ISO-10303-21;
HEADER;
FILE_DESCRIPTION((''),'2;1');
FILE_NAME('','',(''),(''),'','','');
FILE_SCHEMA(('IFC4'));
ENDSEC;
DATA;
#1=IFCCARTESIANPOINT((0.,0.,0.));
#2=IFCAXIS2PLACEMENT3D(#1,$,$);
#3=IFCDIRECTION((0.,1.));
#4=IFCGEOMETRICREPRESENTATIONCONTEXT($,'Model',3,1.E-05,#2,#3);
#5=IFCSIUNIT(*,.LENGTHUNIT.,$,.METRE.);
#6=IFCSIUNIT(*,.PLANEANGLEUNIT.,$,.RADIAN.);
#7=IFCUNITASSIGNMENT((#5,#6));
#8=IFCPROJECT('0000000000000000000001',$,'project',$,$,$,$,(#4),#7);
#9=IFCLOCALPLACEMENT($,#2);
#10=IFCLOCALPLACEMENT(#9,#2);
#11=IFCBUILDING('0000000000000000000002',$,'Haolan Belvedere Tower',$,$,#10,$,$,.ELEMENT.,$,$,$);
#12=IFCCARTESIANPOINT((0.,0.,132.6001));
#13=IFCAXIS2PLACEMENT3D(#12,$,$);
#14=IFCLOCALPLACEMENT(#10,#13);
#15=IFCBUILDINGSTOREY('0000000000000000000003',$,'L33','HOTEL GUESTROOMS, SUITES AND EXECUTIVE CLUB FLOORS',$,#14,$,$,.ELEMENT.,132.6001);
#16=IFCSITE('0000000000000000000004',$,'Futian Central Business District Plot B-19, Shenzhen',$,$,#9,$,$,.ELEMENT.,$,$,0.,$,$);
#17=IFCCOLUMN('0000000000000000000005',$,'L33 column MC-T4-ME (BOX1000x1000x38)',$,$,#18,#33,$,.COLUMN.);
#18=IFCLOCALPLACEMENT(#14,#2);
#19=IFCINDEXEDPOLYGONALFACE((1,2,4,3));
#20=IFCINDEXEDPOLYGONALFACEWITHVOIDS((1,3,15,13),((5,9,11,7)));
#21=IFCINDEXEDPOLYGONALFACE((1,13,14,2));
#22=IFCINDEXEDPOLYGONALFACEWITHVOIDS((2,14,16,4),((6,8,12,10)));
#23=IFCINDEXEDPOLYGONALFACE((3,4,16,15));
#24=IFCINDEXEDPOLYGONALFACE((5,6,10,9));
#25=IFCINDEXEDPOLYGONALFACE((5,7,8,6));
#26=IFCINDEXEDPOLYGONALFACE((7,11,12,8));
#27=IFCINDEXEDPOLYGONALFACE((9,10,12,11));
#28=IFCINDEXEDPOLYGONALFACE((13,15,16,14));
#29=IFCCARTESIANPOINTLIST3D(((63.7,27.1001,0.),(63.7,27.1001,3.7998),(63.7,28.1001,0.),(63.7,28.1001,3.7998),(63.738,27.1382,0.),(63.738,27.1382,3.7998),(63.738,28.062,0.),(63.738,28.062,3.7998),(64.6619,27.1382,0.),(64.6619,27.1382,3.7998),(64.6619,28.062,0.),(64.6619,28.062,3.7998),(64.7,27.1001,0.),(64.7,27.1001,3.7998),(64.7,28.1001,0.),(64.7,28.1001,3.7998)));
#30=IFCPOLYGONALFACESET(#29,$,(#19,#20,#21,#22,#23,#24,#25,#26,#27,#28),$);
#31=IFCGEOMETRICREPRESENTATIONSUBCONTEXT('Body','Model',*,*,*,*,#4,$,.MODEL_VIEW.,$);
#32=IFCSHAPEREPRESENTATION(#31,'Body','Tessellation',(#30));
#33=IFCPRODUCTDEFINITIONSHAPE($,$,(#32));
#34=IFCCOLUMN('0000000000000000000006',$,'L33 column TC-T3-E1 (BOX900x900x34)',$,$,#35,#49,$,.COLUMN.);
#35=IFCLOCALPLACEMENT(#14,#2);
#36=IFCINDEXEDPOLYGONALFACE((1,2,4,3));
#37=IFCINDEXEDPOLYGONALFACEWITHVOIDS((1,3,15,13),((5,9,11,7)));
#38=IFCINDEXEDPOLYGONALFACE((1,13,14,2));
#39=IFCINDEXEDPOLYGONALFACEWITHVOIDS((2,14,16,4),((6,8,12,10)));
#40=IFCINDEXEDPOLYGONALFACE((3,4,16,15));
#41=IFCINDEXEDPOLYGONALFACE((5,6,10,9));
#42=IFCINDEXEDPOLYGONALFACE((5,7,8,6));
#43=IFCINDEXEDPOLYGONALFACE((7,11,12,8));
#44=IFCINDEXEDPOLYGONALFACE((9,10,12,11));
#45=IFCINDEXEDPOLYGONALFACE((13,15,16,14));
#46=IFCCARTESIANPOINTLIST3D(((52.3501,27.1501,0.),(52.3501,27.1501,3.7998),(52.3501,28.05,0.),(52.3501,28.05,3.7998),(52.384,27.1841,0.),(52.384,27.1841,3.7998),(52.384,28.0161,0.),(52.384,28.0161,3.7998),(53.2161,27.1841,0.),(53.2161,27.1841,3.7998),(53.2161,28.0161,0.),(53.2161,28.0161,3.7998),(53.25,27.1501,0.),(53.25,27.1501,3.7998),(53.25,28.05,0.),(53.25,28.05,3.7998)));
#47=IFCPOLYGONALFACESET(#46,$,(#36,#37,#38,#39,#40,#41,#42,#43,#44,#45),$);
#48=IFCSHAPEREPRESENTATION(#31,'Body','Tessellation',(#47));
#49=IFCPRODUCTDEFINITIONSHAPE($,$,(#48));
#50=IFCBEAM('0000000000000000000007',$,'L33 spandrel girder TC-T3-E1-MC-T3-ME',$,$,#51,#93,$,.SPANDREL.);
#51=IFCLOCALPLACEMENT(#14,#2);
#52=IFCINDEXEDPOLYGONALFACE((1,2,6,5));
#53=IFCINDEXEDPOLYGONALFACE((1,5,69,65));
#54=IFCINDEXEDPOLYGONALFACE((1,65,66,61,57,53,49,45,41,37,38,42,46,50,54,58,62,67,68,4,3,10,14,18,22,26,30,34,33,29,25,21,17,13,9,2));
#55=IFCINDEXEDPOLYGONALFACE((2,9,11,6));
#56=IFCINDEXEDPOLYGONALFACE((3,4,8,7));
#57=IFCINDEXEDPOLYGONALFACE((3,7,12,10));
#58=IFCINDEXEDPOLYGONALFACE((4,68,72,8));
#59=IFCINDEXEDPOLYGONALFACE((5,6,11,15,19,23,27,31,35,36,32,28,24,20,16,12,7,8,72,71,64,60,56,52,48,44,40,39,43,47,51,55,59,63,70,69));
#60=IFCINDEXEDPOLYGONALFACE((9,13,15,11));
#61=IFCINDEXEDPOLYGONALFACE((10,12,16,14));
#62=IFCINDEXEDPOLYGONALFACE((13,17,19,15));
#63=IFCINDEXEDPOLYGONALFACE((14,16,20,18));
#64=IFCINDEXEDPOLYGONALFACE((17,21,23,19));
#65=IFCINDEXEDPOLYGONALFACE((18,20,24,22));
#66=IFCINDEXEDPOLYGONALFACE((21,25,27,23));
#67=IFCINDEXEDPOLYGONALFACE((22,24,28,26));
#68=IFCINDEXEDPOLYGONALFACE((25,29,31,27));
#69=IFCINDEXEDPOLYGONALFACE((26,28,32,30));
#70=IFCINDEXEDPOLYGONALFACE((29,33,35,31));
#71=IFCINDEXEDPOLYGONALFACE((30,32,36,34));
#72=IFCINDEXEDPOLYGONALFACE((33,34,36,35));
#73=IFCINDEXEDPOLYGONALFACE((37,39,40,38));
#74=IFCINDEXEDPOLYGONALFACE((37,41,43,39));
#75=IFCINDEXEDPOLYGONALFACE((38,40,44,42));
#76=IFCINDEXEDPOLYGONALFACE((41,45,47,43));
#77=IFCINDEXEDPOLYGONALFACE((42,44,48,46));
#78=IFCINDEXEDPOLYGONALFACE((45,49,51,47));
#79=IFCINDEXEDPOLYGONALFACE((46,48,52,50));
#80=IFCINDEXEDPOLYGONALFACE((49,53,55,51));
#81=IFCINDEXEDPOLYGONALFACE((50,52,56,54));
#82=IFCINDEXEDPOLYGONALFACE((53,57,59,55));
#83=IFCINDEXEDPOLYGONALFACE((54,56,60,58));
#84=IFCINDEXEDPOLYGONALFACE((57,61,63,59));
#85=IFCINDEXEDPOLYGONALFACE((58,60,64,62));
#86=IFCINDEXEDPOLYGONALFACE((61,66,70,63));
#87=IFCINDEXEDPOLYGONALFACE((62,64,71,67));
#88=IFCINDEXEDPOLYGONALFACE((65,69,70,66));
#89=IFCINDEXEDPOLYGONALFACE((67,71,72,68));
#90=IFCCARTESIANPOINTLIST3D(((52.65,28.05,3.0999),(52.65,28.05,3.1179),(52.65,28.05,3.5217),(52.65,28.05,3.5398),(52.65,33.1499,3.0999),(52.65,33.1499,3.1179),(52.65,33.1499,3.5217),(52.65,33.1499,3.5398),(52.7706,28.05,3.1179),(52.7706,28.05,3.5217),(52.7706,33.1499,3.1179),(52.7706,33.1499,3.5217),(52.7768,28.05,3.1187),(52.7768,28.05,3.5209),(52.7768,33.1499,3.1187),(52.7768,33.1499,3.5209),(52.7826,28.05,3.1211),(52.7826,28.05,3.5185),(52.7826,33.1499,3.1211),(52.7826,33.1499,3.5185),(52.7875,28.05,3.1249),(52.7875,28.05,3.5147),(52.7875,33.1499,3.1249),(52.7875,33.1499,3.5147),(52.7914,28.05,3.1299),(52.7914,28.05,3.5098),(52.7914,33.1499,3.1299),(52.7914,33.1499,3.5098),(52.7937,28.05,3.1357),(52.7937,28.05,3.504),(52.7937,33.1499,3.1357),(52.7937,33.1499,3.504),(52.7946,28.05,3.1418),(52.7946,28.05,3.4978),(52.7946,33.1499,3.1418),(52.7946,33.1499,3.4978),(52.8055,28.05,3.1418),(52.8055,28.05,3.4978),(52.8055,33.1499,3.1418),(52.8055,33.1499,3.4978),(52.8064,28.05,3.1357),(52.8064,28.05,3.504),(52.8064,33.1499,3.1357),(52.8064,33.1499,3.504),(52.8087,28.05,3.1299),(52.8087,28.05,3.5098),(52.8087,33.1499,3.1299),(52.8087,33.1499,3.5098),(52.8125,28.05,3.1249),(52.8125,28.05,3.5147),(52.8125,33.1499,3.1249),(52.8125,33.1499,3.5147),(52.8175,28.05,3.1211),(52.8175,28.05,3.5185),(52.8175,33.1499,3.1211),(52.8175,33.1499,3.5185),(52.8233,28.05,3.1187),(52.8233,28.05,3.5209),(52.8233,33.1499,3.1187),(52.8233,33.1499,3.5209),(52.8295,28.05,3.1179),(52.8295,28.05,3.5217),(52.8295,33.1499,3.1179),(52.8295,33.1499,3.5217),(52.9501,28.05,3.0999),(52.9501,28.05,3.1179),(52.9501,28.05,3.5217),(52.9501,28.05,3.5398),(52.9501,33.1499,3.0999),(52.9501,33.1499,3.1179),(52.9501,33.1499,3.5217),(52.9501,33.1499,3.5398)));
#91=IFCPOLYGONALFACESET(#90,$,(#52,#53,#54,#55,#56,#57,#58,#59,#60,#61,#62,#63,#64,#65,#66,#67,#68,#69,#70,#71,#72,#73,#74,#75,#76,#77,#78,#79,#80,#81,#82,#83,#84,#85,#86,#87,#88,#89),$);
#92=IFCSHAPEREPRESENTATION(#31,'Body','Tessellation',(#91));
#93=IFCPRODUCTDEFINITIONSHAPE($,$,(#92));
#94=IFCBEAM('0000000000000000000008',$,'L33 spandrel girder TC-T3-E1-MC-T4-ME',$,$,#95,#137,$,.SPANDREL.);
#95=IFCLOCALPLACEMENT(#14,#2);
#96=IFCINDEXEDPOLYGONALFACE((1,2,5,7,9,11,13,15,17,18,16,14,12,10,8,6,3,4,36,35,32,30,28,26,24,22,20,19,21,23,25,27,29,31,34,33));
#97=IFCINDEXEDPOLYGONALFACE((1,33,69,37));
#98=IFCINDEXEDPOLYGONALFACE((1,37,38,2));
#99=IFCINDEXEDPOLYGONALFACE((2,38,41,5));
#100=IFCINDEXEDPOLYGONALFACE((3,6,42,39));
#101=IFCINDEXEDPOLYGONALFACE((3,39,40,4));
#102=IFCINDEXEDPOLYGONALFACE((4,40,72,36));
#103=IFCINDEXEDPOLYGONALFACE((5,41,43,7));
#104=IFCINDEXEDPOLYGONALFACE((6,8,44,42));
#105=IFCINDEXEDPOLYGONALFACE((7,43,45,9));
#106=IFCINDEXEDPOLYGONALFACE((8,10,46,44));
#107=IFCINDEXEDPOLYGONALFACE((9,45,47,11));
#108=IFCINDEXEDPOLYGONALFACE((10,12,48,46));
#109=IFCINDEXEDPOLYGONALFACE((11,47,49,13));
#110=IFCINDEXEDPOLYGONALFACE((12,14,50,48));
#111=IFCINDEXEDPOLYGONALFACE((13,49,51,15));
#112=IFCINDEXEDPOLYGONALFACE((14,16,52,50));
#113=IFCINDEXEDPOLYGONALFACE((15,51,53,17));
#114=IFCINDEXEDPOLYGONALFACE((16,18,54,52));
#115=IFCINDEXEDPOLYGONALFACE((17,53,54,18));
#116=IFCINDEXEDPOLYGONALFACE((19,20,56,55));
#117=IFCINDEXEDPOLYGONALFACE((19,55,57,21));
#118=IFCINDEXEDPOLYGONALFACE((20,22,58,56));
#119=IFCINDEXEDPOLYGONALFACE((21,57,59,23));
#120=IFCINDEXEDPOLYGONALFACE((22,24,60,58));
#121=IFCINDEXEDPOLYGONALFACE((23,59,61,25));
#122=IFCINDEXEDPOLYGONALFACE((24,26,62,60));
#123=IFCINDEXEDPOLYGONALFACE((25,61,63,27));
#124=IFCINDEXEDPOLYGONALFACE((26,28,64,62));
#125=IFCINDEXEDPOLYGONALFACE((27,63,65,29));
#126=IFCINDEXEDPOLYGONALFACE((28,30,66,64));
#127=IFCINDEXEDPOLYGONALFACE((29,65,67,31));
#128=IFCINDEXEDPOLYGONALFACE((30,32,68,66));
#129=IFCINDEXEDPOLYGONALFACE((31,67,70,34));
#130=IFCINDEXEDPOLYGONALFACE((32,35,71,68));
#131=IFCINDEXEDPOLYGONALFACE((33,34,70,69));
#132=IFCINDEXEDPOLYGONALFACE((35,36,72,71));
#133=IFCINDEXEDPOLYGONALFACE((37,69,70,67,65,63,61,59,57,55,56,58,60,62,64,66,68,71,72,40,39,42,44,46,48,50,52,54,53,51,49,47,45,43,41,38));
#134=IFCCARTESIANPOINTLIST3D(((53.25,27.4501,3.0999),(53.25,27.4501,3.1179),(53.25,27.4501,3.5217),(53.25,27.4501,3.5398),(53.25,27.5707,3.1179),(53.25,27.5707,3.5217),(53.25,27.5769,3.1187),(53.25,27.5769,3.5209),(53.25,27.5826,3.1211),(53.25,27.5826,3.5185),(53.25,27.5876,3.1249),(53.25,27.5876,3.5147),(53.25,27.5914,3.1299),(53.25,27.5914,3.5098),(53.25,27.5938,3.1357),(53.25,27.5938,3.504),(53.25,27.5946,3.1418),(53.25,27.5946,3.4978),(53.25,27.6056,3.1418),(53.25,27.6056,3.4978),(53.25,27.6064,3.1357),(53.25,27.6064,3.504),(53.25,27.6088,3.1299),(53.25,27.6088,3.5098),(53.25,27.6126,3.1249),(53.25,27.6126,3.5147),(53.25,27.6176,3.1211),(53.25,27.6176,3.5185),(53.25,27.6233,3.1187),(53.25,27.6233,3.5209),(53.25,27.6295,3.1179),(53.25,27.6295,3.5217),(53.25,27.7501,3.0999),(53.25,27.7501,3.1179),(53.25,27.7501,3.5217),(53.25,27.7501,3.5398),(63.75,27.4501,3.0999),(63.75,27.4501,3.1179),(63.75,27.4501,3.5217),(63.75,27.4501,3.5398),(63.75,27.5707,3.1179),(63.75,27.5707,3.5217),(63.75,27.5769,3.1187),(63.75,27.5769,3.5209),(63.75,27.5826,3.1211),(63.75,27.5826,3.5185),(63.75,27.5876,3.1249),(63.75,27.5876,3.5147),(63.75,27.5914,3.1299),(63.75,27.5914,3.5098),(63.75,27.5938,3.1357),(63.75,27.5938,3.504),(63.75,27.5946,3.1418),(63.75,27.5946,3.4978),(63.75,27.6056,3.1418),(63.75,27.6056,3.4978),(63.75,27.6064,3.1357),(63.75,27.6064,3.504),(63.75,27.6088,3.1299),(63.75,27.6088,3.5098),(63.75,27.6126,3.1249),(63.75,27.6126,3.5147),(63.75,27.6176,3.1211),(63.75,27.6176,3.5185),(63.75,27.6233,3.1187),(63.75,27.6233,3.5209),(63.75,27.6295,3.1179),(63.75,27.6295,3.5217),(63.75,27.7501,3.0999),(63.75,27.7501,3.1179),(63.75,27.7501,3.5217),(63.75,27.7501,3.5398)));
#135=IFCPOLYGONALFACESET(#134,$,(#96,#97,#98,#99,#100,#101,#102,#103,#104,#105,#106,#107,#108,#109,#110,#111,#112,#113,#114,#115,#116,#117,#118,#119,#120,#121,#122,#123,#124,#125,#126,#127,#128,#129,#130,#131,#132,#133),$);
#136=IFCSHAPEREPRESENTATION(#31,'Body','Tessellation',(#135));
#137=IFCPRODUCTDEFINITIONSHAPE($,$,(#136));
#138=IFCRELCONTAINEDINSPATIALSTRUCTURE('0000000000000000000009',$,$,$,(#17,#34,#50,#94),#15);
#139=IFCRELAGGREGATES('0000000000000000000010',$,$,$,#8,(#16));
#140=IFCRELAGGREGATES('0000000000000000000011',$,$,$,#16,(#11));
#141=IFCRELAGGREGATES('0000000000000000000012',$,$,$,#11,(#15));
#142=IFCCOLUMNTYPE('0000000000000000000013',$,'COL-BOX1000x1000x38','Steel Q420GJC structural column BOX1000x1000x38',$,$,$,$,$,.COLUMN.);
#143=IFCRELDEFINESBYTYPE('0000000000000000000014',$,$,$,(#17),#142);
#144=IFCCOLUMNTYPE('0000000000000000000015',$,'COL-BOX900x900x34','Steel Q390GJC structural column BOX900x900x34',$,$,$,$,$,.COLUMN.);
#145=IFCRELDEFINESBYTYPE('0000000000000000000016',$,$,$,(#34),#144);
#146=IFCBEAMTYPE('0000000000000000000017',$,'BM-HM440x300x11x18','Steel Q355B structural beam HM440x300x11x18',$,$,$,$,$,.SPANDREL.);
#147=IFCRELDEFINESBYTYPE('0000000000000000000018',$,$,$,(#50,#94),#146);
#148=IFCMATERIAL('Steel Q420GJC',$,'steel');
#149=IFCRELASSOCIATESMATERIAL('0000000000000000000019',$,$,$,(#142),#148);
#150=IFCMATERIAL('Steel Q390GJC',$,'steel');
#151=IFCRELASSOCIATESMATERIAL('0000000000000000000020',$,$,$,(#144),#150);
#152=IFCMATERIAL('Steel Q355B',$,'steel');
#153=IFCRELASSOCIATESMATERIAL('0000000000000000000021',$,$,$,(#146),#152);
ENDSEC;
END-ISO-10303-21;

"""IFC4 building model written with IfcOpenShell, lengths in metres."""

from ifc_helpers import new_model, si_unit, direction, frame, origin, origin_2d, place, context, subcontext, project, spatial, hollow_rectangle, i_section, extrude, material, material_profile, profile_set, type_object, element, save


model = new_model("IFC4")

# Units and contexts
model_context = context("Model", 3, precision=1e-05, world=origin(), true_north=direction((0.0, 1.0)))
body_context = subcontext(model_context, "Body", "Model", "MODEL_VIEW")
ifc_project = project(units=[si_unit("LENGTHUNIT", "METRE"), si_unit("PLANEANGLEUNIT", "RADIAN")], contexts=[model_context])

# Site, building, storey
site_placement = place(None, origin())
site = spatial("IfcSite", under=ifc_project, at=site_placement, Name="Futian Central Business District Plot B-19, Shenzhen", CompositionType="ELEMENT", RefElevation=0.0)
building_placement = place(site_placement, origin())
building = spatial("IfcBuilding", under=site, at=building_placement, Name="Haolan Belvedere Tower", CompositionType="ELEMENT")
storey_placement = place(building_placement, frame((0.0, 0.0, 132.6001)))
storey = spatial("IfcBuildingStorey", under=building, at=storey_placement, Name="L33", Description="HOTEL GUESTROOMS, SUITES AND EXECUTIVE CLUB FLOORS", CompositionType="ELEMENT", Elevation=132.6001)

# Columns
ifc_material_1 = material(Name="Steel Q420GJC", Category="steel")
ifc_material_profile_1 = material_profile(ifc_material_1, hollow_rectangle(XDim=1.0, YDim=1.0, WallThickness=0.0381, at=origin_2d()), Name="Steel Q420GJC")
ifc_profile_set_1 = profile_set([ifc_material_profile_1], Name="Steel Q420GJC")
column_type_1 = type_object("IfcColumnType", Name="COL-BOX1000x1000x38", Description="Steel Q420GJC structural column BOX1000x1000x38", PredefinedType="COLUMN", material=ifc_profile_set_1)
column_1_placement = place(storey_placement, frame((64.2, 27.6001, 0.0), z_axis=(0.0, 0.0, 1.0), x_axis=(1.0, 0.0, 0.0)))
element("IfcColumn", 1, at=column_1_placement, inside=storey, type_object=column_type_1, Name="L33 column MC-T4-ME (BOX1000x1000x38)", PredefinedType="COLUMN", context=body_context, shape_type="SweptSolid", body=[
    extrude(hollow_rectangle(XDim=1.0, YDim=1.0, WallThickness=0.0381, at=origin_2d()), origin(), (0.0, 0.0, 1.0), 3.7998),
])
ifc_material_2 = material(Name="Steel Q390GJC", Category="steel")
ifc_material_profile_2 = material_profile(ifc_material_2, hollow_rectangle(XDim=0.8999, YDim=0.8999, WallThickness=0.0339, at=origin_2d()), Name="Steel Q390GJC")
ifc_profile_set_2 = profile_set([ifc_material_profile_2], Name="Steel Q390GJC")
column_type_2 = type_object("IfcColumnType", Name="COL-BOX900x900x34", Description="Steel Q390GJC structural column BOX900x900x34", PredefinedType="COLUMN", material=ifc_profile_set_2)
column_2_placement = place(storey_placement, frame((52.8, 27.6001, 0.0), z_axis=(0.0, 0.0, 1.0), x_axis=(1.0, 0.0, 0.0)))
element("IfcColumn", 2, at=column_2_placement, inside=storey, type_object=column_type_2, Name="L33 column TC-T3-E1 (BOX900x900x34)", PredefinedType="COLUMN", context=body_context, shape_type="SweptSolid", body=[
    extrude(hollow_rectangle(XDim=0.8999, YDim=0.8999, WallThickness=0.0339, at=origin_2d()), origin(), (0.0, 0.0, 1.0), 3.7998),
])

# Beams
ifc_material_3 = material(Name="Steel Q355B", Category="steel")
ifc_material_profile_3 = material_profile(ifc_material_3, i_section(OverallWidth=0.3, OverallDepth=0.4399, WebThickness=0.011, FlangeThickness=0.0181, FilletRadius=0.0239, at=origin_2d()), Name="Steel Q355B")
ifc_profile_set_3 = profile_set([ifc_material_profile_3], Name="Steel Q355B")
beam_type = type_object("IfcBeamType", Name="BM-HM440x300x11x18", Description="Steel Q355B structural beam HM440x300x11x18", PredefinedType="SPANDREL", material=ifc_profile_set_3)
beam_1_placement = place(storey_placement, frame((52.8, 28.05, 3.3198), z_axis=(0.0, 1.0, 0.0), x_axis=(-1.0, 0.0, 0.0)))
element("IfcBeam", 3, at=beam_1_placement, inside=storey, type_object=beam_type, Name="L33 spandrel girder TC-T3-E1-MC-T3-ME", PredefinedType="SPANDREL", context=body_context, shape_type="SweptSolid", body=[
    extrude(i_section(OverallWidth=0.3, OverallDepth=0.4399, WebThickness=0.011, FlangeThickness=0.0181, FilletRadius=0.0239, at=origin_2d()), origin(), (0.0, 0.0, 1.0), 5.0999),
])
beam_2_placement = place(storey_placement, frame((53.25, 27.6001, 3.3198), z_axis=(1.0, 0.0, 0.0), x_axis=(0.0, 1.0, 0.0)))
element("IfcBeam", 4, at=beam_2_placement, inside=storey, type_object=beam_type, Name="L33 spandrel girder TC-T3-E1-MC-T4-ME", PredefinedType="SPANDREL", context=body_context, shape_type="SweptSolid", body=[
    extrude(i_section(OverallWidth=0.3, OverallDepth=0.4399, WebThickness=0.011, FlangeThickness=0.0181, FilletRadius=0.0239, at=origin_2d()), origin(), (0.0, 0.0, 1.0), 10.5),
])

save(model, "model.ifc")
